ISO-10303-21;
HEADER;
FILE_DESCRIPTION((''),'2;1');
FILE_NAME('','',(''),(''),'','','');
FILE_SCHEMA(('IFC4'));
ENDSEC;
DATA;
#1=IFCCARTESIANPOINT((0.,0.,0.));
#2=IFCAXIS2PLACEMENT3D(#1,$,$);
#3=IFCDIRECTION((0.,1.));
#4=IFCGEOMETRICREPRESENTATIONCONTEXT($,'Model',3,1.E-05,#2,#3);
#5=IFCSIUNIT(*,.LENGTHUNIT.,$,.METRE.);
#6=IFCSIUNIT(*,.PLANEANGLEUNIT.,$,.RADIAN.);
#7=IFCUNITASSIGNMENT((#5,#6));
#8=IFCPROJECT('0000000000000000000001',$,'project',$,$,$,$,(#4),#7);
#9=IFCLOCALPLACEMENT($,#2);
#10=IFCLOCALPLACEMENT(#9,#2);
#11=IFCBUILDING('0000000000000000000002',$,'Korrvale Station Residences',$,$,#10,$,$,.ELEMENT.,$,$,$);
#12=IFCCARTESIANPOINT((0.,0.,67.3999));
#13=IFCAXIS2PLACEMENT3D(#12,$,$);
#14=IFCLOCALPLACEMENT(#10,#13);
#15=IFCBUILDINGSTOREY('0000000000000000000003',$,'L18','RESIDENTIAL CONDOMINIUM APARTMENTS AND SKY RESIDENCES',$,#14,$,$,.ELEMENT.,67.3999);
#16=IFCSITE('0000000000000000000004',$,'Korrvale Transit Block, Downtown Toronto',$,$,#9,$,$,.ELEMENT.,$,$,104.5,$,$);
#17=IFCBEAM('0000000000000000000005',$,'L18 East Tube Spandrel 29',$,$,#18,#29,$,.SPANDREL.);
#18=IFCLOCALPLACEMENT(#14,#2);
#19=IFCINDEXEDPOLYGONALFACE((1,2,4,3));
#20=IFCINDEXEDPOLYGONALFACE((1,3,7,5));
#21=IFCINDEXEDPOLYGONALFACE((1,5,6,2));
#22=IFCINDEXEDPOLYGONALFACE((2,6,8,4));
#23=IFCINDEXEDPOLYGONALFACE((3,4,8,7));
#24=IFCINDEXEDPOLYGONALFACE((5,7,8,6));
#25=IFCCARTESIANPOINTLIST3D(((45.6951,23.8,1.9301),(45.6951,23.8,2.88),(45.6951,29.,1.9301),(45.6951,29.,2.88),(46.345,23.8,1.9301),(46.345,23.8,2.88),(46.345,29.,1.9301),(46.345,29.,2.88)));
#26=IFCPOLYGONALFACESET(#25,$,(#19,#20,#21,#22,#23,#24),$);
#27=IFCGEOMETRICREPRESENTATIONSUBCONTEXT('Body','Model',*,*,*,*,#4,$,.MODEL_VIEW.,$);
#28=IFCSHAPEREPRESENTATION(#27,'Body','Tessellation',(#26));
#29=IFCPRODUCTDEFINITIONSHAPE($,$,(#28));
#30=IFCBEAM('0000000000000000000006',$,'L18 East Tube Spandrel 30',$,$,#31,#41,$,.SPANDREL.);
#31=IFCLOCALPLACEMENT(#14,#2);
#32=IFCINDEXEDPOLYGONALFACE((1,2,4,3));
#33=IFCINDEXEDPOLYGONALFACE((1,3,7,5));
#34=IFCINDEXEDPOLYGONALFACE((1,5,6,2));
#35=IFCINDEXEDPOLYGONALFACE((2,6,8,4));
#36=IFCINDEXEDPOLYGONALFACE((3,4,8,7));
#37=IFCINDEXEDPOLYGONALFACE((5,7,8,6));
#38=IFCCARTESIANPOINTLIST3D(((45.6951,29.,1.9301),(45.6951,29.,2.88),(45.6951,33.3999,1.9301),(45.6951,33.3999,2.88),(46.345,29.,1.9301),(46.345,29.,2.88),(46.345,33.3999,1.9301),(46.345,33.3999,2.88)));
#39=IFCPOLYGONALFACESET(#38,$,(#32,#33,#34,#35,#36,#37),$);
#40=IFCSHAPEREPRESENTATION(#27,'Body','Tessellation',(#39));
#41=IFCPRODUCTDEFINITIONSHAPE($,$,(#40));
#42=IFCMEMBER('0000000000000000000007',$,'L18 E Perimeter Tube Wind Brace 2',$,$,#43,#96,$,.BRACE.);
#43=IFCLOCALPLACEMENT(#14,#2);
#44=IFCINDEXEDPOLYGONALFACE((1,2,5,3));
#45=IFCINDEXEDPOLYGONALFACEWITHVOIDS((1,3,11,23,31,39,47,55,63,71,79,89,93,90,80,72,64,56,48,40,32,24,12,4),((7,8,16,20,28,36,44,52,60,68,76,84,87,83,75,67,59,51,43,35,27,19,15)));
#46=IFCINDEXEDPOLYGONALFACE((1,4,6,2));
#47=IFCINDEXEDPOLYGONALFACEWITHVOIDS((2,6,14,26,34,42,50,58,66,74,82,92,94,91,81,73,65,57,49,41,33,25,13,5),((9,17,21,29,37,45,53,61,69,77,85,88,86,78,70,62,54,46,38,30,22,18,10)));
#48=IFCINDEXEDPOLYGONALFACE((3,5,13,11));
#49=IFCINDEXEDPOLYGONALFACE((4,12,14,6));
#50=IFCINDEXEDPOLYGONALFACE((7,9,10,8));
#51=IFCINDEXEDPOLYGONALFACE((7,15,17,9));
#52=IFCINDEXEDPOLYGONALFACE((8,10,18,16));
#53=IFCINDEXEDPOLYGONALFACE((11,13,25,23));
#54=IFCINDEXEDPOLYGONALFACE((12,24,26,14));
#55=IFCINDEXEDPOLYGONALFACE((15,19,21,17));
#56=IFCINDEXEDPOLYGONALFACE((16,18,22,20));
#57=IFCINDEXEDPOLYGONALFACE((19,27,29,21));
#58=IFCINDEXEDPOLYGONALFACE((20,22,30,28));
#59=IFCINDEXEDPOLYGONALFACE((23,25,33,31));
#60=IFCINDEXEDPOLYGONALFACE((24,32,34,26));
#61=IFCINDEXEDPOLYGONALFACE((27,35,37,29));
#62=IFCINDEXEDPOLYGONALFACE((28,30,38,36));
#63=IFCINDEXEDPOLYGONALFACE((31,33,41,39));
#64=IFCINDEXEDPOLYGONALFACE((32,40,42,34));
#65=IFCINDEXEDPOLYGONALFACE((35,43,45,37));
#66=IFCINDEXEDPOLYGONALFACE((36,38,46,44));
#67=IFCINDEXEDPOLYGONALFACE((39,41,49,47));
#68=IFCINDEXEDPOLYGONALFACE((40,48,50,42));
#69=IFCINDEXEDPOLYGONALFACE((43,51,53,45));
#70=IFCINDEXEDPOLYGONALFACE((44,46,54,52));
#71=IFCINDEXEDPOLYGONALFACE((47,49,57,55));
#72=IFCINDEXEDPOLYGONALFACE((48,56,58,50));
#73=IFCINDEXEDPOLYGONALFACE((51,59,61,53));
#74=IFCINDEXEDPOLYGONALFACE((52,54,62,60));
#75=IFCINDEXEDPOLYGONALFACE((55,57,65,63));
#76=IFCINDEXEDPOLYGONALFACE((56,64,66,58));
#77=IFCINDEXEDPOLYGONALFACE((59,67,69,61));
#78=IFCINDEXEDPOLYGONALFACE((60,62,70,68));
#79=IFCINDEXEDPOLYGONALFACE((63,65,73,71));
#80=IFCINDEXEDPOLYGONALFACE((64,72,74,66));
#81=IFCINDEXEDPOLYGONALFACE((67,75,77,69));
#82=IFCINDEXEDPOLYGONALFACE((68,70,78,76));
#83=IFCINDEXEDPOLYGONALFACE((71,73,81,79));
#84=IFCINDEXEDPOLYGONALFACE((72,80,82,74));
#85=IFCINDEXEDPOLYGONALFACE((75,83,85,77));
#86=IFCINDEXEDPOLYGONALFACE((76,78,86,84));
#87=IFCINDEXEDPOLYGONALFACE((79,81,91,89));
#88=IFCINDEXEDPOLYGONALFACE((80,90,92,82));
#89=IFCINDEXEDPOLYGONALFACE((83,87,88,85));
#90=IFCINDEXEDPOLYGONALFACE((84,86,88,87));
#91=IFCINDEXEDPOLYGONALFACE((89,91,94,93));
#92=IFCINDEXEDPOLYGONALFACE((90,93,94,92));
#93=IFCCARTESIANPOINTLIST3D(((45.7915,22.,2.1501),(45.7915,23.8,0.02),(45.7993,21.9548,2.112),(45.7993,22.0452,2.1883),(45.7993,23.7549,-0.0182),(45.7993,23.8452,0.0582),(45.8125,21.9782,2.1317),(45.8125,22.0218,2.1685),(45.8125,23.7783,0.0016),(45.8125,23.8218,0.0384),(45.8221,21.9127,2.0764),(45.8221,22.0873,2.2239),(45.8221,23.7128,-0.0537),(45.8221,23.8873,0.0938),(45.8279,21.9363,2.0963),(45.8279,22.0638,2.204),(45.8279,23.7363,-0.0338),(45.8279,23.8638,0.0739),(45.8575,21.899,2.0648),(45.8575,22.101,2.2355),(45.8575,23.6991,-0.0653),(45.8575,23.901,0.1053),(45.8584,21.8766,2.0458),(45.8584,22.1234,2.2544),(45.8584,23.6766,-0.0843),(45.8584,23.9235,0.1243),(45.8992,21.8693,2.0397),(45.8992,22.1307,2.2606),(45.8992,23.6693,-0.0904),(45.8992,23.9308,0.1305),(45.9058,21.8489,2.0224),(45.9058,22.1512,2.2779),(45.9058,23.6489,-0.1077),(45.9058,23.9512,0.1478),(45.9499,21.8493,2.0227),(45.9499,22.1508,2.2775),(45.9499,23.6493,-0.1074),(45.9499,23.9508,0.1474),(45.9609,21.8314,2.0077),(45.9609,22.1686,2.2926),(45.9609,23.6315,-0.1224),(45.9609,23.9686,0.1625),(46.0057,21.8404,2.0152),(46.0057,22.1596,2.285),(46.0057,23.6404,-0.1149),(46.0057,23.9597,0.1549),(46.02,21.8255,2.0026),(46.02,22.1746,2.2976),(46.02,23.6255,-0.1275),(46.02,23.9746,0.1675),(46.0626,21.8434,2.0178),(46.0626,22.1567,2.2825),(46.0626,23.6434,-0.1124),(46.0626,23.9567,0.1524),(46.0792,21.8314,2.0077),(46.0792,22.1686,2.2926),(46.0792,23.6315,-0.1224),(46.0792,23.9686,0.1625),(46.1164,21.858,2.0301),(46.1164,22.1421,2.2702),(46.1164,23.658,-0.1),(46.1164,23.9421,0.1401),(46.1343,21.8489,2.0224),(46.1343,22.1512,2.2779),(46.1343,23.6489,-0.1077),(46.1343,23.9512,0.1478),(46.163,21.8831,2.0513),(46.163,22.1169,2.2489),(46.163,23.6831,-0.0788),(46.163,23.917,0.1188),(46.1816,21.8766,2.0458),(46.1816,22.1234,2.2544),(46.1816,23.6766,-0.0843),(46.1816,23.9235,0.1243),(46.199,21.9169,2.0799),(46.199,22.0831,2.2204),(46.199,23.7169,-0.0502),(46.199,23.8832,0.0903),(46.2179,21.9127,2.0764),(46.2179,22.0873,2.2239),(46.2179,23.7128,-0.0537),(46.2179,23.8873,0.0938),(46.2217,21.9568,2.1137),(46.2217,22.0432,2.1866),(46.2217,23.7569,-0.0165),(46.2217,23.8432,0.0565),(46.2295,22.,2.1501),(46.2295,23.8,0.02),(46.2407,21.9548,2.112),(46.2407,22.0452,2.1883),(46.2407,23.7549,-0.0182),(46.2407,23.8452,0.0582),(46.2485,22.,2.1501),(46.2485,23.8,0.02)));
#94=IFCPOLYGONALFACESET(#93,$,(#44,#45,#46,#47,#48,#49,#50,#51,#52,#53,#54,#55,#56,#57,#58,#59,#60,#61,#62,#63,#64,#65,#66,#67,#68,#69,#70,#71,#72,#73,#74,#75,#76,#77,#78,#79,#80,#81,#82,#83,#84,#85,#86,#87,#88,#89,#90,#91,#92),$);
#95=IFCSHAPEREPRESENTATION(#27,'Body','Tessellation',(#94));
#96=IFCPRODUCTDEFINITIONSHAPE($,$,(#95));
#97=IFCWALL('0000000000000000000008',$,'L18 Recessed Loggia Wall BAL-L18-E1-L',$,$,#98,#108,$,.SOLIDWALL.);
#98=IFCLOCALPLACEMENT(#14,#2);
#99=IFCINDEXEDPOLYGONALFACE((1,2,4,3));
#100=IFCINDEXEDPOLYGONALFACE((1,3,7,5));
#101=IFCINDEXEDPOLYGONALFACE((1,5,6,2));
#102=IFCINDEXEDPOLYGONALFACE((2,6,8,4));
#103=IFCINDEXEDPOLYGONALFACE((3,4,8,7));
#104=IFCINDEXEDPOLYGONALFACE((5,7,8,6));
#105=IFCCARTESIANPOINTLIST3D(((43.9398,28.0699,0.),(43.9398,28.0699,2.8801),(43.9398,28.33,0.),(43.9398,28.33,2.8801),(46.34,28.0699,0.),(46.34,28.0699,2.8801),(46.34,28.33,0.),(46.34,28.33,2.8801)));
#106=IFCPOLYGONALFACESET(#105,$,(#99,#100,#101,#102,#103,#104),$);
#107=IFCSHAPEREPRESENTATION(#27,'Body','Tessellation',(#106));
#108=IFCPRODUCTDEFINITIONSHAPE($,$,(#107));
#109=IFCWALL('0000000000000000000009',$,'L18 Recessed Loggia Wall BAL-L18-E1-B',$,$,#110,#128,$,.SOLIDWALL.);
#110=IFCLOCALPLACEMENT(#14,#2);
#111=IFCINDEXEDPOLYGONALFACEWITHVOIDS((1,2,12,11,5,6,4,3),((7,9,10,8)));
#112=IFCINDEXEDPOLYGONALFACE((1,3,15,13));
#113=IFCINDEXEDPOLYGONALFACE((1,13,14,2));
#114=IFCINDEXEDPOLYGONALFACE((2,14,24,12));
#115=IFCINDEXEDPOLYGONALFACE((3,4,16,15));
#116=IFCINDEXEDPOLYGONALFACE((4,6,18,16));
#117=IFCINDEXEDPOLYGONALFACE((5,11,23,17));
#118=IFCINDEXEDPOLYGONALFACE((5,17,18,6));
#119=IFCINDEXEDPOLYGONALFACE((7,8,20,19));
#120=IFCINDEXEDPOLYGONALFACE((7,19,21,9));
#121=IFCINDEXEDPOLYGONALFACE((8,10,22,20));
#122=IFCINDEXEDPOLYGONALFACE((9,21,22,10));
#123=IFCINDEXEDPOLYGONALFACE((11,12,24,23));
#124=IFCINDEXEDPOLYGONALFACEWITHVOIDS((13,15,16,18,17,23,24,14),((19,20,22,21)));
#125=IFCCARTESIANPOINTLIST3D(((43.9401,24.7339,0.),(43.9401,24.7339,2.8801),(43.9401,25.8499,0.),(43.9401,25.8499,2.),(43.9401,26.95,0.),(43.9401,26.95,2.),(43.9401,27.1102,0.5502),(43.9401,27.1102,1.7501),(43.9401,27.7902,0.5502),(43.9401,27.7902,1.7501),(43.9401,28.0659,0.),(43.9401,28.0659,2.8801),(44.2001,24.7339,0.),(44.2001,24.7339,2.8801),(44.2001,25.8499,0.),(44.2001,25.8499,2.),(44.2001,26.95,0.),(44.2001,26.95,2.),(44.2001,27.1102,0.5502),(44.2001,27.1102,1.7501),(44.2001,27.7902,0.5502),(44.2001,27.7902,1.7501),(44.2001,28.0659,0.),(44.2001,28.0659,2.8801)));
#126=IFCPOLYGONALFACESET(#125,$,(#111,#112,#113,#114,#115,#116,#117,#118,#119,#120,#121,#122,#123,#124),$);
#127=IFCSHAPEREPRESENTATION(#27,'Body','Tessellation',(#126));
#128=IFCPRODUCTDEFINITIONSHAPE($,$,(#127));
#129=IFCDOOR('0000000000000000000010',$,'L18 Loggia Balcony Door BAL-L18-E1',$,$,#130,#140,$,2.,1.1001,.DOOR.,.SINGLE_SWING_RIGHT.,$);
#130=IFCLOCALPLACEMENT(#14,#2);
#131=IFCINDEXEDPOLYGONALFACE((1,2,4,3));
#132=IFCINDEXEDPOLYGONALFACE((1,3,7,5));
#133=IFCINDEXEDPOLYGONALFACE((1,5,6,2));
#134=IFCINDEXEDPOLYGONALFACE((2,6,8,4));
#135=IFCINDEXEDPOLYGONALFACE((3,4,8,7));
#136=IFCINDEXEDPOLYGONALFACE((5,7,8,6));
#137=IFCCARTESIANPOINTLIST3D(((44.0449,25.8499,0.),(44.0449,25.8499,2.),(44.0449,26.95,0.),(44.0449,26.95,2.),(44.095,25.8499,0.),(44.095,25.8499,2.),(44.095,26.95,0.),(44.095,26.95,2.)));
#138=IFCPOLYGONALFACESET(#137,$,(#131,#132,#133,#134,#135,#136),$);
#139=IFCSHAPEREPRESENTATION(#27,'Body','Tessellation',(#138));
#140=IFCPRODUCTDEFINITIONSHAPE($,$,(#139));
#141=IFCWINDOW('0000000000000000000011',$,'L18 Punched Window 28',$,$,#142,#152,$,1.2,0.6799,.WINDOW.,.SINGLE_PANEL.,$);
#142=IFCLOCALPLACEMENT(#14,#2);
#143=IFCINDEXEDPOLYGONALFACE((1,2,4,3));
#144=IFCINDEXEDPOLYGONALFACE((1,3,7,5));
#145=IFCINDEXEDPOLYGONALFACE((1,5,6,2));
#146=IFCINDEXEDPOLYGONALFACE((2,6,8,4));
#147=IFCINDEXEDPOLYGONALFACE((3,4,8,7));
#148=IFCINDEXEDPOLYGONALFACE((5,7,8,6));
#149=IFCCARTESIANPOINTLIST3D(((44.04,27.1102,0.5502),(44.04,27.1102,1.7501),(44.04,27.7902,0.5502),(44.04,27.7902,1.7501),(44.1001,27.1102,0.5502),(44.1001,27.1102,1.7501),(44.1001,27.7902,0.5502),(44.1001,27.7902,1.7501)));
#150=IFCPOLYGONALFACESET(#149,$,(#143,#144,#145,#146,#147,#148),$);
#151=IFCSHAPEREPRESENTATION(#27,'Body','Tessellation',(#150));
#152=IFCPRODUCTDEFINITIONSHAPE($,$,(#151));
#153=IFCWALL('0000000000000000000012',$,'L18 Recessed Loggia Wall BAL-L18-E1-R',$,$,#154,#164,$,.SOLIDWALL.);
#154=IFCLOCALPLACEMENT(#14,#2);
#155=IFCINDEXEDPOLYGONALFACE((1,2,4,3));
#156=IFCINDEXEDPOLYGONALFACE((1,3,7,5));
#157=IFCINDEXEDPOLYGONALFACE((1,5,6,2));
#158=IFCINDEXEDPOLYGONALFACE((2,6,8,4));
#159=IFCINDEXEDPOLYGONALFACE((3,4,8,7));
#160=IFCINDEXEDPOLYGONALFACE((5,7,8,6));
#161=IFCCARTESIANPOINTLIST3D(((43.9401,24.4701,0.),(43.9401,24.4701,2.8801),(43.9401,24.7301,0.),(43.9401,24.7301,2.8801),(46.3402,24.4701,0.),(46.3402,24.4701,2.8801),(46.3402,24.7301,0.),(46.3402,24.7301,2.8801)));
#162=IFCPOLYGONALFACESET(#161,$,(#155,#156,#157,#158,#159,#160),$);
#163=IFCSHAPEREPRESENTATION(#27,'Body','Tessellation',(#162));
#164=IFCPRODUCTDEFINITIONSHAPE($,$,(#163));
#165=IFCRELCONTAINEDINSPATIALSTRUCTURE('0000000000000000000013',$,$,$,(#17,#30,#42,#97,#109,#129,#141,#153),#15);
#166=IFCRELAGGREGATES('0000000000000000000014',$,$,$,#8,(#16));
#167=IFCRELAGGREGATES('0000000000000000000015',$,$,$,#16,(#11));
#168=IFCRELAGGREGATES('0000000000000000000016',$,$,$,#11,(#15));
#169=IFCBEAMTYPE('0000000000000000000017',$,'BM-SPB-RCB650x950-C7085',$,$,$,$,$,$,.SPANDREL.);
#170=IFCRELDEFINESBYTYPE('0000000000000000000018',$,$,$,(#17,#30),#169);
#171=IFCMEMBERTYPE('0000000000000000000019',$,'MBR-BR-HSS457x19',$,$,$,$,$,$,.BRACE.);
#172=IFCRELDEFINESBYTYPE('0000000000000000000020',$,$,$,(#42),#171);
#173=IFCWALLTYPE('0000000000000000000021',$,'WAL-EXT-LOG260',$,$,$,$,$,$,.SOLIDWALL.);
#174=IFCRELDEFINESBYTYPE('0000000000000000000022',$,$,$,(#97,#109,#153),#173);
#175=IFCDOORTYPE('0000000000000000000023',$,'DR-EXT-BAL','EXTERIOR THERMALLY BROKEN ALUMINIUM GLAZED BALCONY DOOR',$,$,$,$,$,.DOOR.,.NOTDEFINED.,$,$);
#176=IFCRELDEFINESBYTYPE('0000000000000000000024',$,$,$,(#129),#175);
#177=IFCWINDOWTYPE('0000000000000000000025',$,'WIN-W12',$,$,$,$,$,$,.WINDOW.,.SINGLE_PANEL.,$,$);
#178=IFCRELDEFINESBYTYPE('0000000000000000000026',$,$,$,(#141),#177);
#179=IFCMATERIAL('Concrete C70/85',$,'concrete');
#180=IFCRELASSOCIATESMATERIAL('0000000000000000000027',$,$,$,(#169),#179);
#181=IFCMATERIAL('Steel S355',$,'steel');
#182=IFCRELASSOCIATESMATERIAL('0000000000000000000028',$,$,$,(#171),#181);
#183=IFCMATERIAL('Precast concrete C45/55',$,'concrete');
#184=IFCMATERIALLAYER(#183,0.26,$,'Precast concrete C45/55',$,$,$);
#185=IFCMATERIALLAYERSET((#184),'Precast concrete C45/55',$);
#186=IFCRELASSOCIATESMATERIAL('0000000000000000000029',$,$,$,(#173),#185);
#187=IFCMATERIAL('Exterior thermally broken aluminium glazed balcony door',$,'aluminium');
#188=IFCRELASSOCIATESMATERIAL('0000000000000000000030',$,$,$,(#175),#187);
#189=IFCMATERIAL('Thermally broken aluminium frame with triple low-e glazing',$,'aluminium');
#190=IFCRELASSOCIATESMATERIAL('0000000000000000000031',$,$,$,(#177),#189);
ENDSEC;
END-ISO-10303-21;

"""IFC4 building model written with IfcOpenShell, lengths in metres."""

from ifc_helpers import new_model, si_unit, direction, frame, frame_2d, origin, origin_2d, place, context, subcontext, project, spatial, rectangle, hollow_circle, extrude, material, layer, layer_set, material_profile, profile_set, type_object, element, fill, save


model = new_model("IFC4")

# Units and contexts
model_context = context("Model", 3, precision=1e-05, world=origin(), true_north=direction((0.0, 1.0)))
body_context = subcontext(model_context, "Body", "Model", "MODEL_VIEW")
ifc_project = project(units=[si_unit("LENGTHUNIT", "METRE"), si_unit("PLANEANGLEUNIT", "RADIAN")], contexts=[model_context])

# Site, building, storey
site_placement = place(None, origin())
site = spatial("IfcSite", under=ifc_project, at=site_placement, Name="Korrvale Transit Block, Downtown Toronto", CompositionType="ELEMENT", RefElevation=104.5)
building_placement = place(site_placement, origin())
building = spatial("IfcBuilding", under=site, at=building_placement, Name="Korrvale Station Residences", CompositionType="ELEMENT")
storey_placement = place(building_placement, frame((0.0, 0.0, 67.3999)))
storey = spatial("IfcBuildingStorey", under=building, at=storey_placement, Name="L18", Description="RESIDENTIAL CONDOMINIUM APARTMENTS AND SKY RESIDENCES", CompositionType="ELEMENT", Elevation=67.3999)

# Shared definitions
ifc_material_1 = material(Name="Concrete C70/85", Category="concrete")

# Beams
ifc_material_2 = material(Name="Steel S355", Category="steel")
ifc_material_profile_1 = material_profile(ifc_material_1, rectangle(XDim=0.6499, YDim=0.95, at=origin_2d()), Name="RCB650x950")
ifc_profile_set_1 = profile_set([ifc_material_profile_1], Name="Concrete C70/85")
beam_type_1 = type_object("IfcBeamType", Name="BM-SPB-RCB650x950-C7085", PredefinedType="SPANDREL", material=ifc_profile_set_1)
beam_1_placement = place(storey_placement, frame((46.02, 23.8, 2.405), z_axis=(0.0, 1.0, 0.0), x_axis=(-1.0, 0.0, 0.0)))
element("IfcBeam", 1, at=beam_1_placement, inside=storey, type_object=beam_type_1, Name="L18 East Tube Spandrel 29", PredefinedType="SPANDREL", context=body_context, shape_type="SweptSolid", body=[
    extrude(rectangle(XDim=0.6499, YDim=0.95, at=origin_2d()), origin(), (0.0, 0.0, 1.0), 5.2),
])
beam_2_placement = place(storey_placement, frame((46.02, 29.0, 2.405), z_axis=(0.0, 1.0, 0.0), x_axis=(-1.0, 0.0, 0.0)))
element("IfcBeam", 2, at=beam_2_placement, inside=storey, type_object=beam_type_1, Name="L18 East Tube Spandrel 30", PredefinedType="SPANDREL", context=body_context, shape_type="SweptSolid", body=[
    extrude(rectangle(XDim=0.6499, YDim=0.95, at=origin_2d()), origin(), (0.0, 0.0, 1.0), 4.3999),
])

# Member
ifc_material_profile_2 = material_profile(ifc_material_2, hollow_circle(Radius=0.2285, WallThickness=0.019, at=origin_2d()), Name="HSS457x19")
ifc_profile_set_2 = profile_set([ifc_material_profile_2], Name="Steel S355")
member_type = type_object("IfcMemberType", Name="MBR-BR-HSS457x19", PredefinedType="BRACE", material=ifc_profile_set_2)
member_placement = place(storey_placement, frame((46.02, 23.8, 0.02), z_axis=(0.0, -0.645448, 0.763805), x_axis=(1.0, 0.0, 0.0)))
element("IfcMember", 3, at=member_placement, inside=storey, type_object=member_type, Name="L18 E Perimeter Tube Wind Brace 2", PredefinedType="BRACE", context=body_context, shape_type="SweptSolid", body=[
    extrude(hollow_circle(Radius=0.2285, WallThickness=0.019, at=origin_2d()), origin(), (0.0, 0.0, 1.0), 2.7888),
])

# Wall
ifc_material_3 = material(Name="Precast concrete C45/55", Category="concrete")
ifc_layer_1 = layer(ifc_material_3, 0.26, Name="Precast concrete C45/55")
ifc_layer_set_1 = layer_set([ifc_layer_1], Name="Precast concrete C45/55")
wall_type_1 = type_object("IfcWallType", Name="WAL-EXT-LOG260", PredefinedType="SOLIDWALL", material=ifc_layer_set_1)
wall_1_placement = place(storey_placement, frame((46.3401, 28.2, 0.0), z_axis=(0.0, 0.0, 1.0), x_axis=(-1.0, 0.0, 0.0)))
element("IfcWall", 4, at=wall_1_placement, inside=storey, type_object=wall_type_1, Name="L18 Recessed Loggia Wall BAL-L18-E1-L", PredefinedType="SOLIDWALL", context=body_context, shape_type="SweptSolid", body=[
    extrude(rectangle(XDim=2.4001, YDim=0.26, at=frame_2d((1.2002, 0.0))), origin(), (0.0, 0.0, 1.0), 2.8801),
])

# Wall, openings, door, window
wall_2_placement = place(storey_placement, frame((44.0701, 28.0659, 0.0), z_axis=(0.0, 0.0, 1.0), x_axis=(0.0, -1.0, 0.0)))
wall_2 = element("IfcWall", 5, at=wall_2_placement, inside=storey, type_object=wall_type_1, Name="L18 Recessed Loggia Wall BAL-L18-E1-B", PredefinedType="SOLIDWALL", context=body_context, shape_type="SweptSolid", body=[
    extrude(rectangle(XDim=3.332, YDim=0.26, at=frame_2d((1.666, 0.0))), origin(), (0.0, 0.0, 1.0), 2.8801),
])
opening_1_placement = place(wall_2_placement, frame((1.116, 0.0, 0.0)))
opening_1 = element("IfcOpeningElement", 6, at=opening_1_placement, cuts=wall_2, PredefinedType="OPENING", context=body_context, shape_type="SweptSolid", body=[
    extrude(rectangle(XDim=1.1001, YDim=2.0, at=frame_2d((0.55, 1.0))), frame((0.0, 0.1401, 0.0), z_axis=(0.0, -1.0, 0.0), x_axis=(1.0, 0.0, 0.0)), (0.0, 0.0, 1.0), 0.28),
])
opening_2_placement = place(wall_2_placement, frame((0.2759, 0.0, 0.55)))
opening_2 = element("IfcOpeningElement", 7, at=opening_2_placement, cuts=wall_2, PredefinedType="OPENING", context=body_context, shape_type="SweptSolid", body=[
    extrude(rectangle(XDim=0.6799, YDim=1.2, at=frame_2d((0.3398, 0.6001))), frame((0.0, 0.1401, 0.0), z_axis=(0.0, -1.0, 0.0), x_axis=(1.0, 0.0, 0.0)), (0.0, 0.0, 1.0), 0.28),
])
ifc_material_4 = material(Name="Exterior thermally broken aluminium glazed balcony door", Category="aluminium")
door_type_1 = type_object("IfcDoorType", Name="DR-EXT-BAL", Description="EXTERIOR THERMALLY BROKEN ALUMINIUM GLAZED BALCONY DOOR", OperationType="NOTDEFINED", PredefinedType="DOOR", material=ifc_material_4)
door_1_placement = place(opening_1_placement, origin())
door_1 = element("IfcDoor", 8, at=door_1_placement, inside=storey, type_object=door_type_1, Name="L18 Loggia Balcony Door BAL-L18-E1", OperationType="SINGLE_SWING_RIGHT", OverallHeight=2.0, OverallWidth=1.1001, PredefinedType="DOOR", context=body_context, shape_type="SweptSolid", body=[
    extrude(rectangle(XDim=1.1001, YDim=2.0, at=frame_2d((0.55, 1.0))), frame((0.0, 0.0249, 0.0), z_axis=(0.0, -1.0, 0.0), x_axis=(1.0, 0.0, 0.0)), (0.0, 0.0, 1.0), 0.05),
])
fill(opening_1, door_1)
ifc_material_5 = material(Name="Thermally broken aluminium frame with triple low-e glazing", Category="aluminium")
window_type_1 = type_object("IfcWindowType", Name="WIN-W12", PartitioningType="SINGLE_PANEL", PredefinedType="WINDOW", material=ifc_material_5)
window_1_placement = place(opening_2_placement, origin())
window_1 = element("IfcWindow", 9, at=window_1_placement, inside=storey, type_object=window_type_1, Name="L18 Punched Window 28", OverallHeight=1.2, OverallWidth=0.6799, PartitioningType="SINGLE_PANEL", PredefinedType="WINDOW", context=body_context, shape_type="SweptSolid", body=[
    extrude(rectangle(XDim=0.6799, YDim=1.2, at=frame_2d((0.3398, 0.6001))), frame((0.0, 0.03, 0.0), z_axis=(0.0, -1.0, 0.0), x_axis=(1.0, 0.0, 0.0)), (0.0, 0.0, 1.0), 0.0601),
])
fill(opening_2, window_1)

# Wall
wall_3_placement = place(storey_placement, frame((43.9399, 24.6001, 0.0), z_axis=(0.0, 0.0, 1.0), x_axis=(1.0, 0.0, 0.0)))
element("IfcWall", 10, at=wall_3_placement, inside=storey, type_object=wall_type_1, Name="L18 Recessed Loggia Wall BAL-L18-E1-R", PredefinedType="SOLIDWALL", context=body_context, shape_type="SweptSolid", body=[
    extrude(rectangle(XDim=2.4001, YDim=0.26, at=frame_2d((1.2002, 0.0))), origin(), (0.0, 0.0, 1.0), 2.8801),
])

save(model, "model.ifc")
